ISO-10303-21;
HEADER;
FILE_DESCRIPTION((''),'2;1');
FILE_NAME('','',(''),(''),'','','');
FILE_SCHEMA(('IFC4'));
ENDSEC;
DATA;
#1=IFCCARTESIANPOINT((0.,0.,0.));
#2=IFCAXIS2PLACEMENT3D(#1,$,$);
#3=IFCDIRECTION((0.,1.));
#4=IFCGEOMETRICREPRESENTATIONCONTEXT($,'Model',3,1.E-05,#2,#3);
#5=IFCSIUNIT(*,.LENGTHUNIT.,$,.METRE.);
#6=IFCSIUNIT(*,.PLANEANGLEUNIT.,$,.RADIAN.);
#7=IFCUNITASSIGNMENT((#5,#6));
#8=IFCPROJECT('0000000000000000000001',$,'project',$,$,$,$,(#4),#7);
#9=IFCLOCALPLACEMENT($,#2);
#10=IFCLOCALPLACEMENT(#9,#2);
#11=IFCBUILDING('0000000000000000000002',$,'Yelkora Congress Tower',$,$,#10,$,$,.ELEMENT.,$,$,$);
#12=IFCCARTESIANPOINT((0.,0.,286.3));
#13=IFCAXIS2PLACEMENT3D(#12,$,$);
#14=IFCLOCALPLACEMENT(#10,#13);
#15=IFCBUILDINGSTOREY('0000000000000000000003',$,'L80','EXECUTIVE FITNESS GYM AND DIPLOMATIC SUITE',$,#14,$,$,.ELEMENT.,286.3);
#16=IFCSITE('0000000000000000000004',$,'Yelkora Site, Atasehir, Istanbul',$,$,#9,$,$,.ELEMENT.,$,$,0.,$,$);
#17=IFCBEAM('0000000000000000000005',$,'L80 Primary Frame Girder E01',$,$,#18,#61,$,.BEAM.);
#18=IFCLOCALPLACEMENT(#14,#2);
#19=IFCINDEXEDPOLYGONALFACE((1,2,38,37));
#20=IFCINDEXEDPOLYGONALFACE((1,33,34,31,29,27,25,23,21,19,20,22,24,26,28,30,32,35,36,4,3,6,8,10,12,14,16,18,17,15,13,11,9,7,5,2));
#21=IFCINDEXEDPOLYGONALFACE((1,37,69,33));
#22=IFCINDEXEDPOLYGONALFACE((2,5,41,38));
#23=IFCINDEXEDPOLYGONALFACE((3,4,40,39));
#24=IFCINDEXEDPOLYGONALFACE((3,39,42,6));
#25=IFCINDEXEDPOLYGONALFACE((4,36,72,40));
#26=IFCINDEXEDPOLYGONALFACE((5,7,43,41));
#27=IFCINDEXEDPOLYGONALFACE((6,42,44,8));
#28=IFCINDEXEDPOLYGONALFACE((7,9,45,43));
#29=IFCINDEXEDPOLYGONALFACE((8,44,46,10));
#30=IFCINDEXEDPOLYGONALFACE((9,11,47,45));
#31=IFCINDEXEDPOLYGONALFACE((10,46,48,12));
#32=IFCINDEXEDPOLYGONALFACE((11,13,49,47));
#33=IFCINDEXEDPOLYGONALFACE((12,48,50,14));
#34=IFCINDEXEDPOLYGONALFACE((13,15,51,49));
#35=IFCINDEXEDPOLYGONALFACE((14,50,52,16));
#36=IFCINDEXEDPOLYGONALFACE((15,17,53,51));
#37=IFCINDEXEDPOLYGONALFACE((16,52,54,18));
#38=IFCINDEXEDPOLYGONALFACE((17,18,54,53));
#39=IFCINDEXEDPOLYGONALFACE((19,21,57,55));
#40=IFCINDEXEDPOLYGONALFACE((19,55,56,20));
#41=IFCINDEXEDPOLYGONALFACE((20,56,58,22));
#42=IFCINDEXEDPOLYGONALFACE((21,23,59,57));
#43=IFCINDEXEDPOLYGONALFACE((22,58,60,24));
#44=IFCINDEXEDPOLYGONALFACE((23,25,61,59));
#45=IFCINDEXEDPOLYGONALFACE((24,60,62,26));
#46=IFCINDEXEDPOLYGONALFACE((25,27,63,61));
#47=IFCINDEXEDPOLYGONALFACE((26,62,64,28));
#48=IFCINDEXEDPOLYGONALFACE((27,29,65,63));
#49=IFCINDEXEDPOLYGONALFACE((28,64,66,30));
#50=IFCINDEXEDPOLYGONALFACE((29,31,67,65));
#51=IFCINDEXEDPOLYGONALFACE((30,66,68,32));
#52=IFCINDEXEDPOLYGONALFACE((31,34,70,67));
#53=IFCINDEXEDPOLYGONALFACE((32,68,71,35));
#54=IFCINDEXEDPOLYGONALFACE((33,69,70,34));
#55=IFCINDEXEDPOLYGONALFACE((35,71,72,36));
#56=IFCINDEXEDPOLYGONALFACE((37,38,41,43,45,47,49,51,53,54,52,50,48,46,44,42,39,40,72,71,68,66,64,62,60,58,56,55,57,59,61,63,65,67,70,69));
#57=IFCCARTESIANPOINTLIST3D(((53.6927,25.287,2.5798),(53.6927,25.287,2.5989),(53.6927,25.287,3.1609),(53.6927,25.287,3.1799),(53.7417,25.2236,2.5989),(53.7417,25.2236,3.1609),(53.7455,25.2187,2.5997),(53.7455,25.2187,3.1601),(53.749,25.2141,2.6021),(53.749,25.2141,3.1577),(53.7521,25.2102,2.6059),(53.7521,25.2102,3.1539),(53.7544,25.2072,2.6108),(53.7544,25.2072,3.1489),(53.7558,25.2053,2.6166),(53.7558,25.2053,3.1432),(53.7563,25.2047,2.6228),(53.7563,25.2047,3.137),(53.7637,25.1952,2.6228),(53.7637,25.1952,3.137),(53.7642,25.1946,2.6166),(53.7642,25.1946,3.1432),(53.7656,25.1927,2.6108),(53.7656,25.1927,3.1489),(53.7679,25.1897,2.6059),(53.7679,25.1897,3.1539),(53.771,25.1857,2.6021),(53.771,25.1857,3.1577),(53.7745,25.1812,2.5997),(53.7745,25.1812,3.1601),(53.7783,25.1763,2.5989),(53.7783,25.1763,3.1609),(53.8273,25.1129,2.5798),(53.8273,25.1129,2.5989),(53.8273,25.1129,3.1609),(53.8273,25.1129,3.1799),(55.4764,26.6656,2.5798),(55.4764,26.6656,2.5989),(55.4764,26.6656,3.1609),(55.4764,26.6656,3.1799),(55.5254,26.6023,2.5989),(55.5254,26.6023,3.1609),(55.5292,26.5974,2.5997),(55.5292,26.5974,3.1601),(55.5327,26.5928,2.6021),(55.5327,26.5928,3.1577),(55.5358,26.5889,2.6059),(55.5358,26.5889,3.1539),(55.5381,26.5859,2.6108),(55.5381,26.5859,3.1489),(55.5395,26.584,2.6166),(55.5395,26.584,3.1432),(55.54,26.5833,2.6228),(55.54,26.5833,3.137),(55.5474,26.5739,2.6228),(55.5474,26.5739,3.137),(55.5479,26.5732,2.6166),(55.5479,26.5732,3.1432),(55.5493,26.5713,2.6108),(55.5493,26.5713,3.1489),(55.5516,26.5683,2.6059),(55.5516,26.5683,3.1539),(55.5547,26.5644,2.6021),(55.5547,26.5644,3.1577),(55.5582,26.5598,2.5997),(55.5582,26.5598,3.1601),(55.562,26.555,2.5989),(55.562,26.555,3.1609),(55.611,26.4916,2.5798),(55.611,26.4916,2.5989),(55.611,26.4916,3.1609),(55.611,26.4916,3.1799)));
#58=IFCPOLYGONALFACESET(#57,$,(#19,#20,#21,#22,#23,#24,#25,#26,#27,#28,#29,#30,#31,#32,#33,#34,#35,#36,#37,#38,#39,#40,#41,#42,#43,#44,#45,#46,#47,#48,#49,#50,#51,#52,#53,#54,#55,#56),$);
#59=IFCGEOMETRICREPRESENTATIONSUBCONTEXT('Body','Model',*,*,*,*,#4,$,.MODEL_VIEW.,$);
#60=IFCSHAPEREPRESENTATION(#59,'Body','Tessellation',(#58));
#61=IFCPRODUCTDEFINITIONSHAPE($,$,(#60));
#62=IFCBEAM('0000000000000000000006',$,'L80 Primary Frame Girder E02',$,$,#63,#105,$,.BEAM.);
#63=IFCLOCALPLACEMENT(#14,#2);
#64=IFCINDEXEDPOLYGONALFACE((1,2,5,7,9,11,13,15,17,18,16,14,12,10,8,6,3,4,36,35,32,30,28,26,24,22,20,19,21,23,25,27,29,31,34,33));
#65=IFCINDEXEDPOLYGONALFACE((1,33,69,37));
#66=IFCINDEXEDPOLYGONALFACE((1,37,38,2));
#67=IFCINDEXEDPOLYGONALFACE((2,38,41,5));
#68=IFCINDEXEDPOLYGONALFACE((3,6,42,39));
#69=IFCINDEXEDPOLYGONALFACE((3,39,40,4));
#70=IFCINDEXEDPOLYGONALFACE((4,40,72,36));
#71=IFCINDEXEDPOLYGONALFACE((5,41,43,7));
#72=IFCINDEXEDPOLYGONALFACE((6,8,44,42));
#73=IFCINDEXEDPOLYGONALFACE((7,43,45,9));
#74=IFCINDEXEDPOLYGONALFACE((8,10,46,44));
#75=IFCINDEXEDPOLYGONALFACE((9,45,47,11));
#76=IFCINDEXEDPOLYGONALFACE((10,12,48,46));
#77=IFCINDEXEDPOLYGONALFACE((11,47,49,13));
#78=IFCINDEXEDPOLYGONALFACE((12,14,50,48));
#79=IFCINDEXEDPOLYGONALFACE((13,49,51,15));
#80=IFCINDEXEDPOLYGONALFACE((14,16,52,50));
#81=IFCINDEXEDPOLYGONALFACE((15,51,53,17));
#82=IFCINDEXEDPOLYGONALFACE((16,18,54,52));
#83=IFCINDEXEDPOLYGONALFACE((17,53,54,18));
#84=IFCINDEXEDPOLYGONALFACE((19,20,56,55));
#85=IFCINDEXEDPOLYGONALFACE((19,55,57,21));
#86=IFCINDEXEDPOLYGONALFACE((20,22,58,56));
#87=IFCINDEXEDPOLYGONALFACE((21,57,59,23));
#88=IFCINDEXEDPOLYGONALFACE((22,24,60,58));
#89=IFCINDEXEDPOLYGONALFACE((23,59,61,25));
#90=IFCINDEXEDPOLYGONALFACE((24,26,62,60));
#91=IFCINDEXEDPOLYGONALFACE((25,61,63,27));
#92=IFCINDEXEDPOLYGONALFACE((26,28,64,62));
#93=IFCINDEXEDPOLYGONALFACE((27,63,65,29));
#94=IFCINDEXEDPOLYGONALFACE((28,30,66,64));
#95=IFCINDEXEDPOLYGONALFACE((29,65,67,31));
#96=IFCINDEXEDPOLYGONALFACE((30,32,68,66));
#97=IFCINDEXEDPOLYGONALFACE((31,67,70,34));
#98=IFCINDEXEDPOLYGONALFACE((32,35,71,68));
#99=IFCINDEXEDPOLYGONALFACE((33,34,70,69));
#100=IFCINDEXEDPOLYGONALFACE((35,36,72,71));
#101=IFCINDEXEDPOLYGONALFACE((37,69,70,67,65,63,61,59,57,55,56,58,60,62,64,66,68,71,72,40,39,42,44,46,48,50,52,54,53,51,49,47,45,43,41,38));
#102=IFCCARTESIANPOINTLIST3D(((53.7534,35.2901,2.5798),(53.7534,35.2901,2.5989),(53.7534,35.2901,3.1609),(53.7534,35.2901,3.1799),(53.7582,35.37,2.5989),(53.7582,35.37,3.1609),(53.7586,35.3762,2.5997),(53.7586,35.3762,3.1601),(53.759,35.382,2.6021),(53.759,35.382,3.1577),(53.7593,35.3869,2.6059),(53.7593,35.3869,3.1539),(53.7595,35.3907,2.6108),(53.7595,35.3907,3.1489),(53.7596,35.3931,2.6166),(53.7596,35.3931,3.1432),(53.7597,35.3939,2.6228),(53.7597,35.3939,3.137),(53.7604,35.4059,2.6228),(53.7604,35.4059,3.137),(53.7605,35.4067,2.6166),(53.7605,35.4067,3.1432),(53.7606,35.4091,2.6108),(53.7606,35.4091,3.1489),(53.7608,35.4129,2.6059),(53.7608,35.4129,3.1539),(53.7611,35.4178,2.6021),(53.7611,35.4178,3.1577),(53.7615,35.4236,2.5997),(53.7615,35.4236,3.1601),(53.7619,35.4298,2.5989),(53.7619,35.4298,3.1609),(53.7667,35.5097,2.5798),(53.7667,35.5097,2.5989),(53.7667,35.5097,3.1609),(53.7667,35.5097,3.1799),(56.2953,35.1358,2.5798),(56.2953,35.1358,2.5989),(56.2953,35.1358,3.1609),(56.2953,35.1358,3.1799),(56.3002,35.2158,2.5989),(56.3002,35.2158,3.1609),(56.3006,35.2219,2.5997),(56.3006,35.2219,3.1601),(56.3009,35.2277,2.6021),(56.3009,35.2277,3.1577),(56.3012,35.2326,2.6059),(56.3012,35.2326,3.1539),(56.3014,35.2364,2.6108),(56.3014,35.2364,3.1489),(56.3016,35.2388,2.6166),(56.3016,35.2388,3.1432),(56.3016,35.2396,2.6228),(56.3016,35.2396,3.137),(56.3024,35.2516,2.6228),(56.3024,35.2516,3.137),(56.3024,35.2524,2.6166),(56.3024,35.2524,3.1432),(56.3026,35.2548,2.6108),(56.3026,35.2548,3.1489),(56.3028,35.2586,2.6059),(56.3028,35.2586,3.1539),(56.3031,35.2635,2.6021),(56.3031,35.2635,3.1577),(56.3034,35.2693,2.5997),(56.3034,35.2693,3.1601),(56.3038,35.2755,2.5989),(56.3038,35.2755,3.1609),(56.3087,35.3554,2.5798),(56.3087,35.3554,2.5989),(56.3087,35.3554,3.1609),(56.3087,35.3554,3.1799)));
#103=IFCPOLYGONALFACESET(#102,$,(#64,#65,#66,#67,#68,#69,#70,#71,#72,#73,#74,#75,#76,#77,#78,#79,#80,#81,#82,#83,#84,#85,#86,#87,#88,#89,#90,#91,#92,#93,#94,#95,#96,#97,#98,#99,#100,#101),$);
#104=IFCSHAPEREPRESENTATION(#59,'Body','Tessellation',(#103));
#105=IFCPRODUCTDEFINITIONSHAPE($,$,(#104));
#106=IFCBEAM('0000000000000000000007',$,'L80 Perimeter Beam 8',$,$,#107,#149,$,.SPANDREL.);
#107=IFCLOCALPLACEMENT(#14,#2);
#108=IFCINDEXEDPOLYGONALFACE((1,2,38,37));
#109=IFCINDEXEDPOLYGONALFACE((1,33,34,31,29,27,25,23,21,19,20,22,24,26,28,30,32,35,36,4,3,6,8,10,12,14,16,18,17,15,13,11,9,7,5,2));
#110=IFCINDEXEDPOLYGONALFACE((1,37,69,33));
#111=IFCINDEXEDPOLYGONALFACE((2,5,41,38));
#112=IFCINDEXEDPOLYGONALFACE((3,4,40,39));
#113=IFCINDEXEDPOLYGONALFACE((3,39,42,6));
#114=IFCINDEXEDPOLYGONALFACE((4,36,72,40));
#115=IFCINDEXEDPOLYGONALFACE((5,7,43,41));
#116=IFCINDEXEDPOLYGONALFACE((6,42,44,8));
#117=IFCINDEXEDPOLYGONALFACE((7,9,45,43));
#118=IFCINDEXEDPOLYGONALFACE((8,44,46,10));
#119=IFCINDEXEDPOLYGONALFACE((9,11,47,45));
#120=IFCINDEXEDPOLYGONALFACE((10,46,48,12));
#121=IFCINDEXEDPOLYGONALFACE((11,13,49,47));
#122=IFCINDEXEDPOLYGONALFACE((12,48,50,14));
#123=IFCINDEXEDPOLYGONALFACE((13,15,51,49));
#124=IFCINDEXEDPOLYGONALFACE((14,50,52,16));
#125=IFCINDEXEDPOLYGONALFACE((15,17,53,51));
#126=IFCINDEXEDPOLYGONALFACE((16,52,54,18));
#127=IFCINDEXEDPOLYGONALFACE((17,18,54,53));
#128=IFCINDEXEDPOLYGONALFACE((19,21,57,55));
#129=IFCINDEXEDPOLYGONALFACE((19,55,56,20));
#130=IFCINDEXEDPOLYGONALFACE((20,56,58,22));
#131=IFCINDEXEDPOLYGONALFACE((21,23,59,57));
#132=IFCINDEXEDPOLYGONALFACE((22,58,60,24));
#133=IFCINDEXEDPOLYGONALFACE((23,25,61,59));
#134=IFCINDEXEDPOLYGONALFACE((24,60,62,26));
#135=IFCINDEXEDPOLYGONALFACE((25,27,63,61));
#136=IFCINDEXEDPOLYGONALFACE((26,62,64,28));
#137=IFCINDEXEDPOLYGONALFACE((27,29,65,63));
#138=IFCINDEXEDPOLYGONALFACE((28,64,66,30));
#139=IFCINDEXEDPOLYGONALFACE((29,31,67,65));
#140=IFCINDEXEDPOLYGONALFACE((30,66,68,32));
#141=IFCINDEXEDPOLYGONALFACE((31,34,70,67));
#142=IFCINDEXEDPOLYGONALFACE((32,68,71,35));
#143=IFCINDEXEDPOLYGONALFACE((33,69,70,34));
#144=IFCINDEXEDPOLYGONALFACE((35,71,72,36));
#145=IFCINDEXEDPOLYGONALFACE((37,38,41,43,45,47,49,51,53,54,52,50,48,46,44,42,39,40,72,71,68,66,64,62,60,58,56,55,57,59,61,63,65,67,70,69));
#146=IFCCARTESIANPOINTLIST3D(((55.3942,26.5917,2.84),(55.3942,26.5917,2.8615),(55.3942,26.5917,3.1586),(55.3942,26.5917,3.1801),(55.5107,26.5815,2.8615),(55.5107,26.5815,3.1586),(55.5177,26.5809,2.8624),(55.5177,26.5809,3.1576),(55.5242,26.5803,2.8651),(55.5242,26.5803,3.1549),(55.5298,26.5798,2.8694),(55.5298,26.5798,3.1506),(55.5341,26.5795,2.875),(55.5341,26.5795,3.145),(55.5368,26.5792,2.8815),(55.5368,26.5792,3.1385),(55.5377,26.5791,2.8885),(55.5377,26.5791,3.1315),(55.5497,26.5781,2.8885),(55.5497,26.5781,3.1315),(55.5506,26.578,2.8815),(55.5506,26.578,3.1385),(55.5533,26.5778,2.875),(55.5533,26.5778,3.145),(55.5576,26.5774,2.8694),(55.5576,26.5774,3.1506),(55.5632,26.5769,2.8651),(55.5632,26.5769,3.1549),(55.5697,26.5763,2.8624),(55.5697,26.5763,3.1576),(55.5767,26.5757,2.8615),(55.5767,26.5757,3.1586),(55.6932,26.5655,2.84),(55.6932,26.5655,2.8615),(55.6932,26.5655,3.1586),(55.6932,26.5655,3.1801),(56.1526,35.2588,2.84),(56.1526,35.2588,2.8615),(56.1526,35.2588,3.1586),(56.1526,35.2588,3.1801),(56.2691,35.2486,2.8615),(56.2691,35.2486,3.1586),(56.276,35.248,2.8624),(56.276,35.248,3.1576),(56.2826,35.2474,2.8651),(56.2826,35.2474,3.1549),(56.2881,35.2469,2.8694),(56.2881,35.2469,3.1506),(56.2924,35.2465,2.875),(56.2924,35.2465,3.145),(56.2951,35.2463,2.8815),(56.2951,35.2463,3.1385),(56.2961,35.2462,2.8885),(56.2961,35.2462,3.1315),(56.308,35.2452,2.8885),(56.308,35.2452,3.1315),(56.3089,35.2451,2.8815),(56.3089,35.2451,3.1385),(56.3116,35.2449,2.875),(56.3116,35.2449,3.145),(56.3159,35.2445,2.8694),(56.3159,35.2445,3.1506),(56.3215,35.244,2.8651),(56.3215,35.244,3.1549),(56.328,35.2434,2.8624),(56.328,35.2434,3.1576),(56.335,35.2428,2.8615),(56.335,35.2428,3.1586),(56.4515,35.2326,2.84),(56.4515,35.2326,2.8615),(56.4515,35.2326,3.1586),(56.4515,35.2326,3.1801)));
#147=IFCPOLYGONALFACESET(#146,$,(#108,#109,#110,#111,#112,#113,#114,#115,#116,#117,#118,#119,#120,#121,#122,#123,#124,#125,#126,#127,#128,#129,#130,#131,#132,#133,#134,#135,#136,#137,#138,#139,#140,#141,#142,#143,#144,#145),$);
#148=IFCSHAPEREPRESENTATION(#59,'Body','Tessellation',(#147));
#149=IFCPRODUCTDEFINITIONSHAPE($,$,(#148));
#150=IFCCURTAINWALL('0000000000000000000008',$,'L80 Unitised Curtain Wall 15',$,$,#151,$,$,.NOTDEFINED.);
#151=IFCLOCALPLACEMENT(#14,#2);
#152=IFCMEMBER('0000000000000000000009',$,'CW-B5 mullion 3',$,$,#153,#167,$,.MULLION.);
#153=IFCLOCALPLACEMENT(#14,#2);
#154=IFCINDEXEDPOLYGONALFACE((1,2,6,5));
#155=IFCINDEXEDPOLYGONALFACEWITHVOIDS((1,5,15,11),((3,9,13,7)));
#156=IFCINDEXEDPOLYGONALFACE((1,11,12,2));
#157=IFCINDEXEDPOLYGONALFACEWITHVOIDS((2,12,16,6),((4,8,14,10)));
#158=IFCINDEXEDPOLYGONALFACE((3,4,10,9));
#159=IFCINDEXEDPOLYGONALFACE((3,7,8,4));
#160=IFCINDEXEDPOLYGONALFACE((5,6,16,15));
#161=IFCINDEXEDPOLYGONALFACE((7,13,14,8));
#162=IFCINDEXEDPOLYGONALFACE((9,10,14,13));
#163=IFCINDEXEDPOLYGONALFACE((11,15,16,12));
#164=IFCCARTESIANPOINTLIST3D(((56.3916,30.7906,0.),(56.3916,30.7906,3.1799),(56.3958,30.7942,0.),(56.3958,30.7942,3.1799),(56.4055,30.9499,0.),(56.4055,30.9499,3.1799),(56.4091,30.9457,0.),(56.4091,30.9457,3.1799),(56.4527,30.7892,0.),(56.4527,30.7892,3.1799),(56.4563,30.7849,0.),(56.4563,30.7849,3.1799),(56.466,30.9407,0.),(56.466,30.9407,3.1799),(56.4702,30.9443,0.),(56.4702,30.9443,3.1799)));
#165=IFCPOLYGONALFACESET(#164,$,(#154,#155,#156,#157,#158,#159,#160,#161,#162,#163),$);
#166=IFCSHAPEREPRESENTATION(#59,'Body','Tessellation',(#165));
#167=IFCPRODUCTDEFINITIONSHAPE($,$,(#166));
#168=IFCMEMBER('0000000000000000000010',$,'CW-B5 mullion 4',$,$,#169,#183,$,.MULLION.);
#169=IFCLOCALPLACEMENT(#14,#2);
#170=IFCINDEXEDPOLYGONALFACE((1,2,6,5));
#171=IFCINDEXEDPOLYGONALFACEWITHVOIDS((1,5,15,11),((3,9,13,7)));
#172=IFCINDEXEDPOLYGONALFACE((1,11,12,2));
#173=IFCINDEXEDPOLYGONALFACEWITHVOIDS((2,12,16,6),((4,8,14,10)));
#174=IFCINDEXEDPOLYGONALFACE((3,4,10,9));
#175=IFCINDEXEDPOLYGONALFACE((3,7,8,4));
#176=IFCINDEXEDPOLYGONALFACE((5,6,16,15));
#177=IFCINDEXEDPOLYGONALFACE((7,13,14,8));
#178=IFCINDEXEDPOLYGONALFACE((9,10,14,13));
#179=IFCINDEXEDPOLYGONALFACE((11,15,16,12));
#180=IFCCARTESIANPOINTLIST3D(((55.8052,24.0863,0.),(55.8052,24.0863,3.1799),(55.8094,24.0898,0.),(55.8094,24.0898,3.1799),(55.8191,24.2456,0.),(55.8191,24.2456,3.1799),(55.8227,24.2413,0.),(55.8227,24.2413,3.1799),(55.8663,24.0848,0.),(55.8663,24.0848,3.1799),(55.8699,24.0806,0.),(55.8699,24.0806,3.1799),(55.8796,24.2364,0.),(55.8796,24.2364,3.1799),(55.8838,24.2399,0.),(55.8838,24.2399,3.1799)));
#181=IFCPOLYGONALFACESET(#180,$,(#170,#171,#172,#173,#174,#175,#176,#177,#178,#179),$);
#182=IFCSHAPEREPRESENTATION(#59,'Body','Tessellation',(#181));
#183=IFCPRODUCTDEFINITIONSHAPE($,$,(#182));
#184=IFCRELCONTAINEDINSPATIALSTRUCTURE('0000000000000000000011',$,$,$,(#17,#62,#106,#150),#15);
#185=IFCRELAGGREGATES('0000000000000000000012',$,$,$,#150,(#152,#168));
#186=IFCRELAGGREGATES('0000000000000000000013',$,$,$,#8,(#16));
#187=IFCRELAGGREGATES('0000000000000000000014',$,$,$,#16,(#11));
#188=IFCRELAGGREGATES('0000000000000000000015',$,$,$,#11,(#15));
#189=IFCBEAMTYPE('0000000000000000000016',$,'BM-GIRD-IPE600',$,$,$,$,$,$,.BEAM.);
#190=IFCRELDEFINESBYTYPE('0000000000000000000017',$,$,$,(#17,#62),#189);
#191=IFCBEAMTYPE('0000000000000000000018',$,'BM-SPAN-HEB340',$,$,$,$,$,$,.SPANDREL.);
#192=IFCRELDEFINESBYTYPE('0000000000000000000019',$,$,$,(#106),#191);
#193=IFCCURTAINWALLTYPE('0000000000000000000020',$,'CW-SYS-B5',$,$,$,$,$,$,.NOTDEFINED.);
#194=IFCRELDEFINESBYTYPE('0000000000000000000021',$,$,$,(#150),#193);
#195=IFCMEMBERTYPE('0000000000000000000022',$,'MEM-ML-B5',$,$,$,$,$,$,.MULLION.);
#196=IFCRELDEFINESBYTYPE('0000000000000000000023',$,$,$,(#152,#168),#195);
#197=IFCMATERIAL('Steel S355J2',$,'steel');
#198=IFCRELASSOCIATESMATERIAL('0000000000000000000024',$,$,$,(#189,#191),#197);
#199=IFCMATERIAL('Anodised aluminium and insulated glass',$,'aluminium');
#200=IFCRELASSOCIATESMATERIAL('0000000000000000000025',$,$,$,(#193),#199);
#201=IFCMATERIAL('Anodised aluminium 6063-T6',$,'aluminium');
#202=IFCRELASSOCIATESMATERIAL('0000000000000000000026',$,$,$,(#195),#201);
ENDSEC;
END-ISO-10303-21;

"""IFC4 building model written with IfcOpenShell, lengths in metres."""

from ifc_helpers import new_model, si_unit, direction, frame, origin, origin_2d, place, context, subcontext, project, spatial, hollow_rectangle, i_section, extrude, material, material_profile, profile_set, type_object, element, aggregate, save


model = new_model("IFC4")

# Units and contexts
model_context = context("Model", 3, precision=1e-05, world=origin(), true_north=direction((0.0, 1.0)))
body_context = subcontext(model_context, "Body", "Model", "MODEL_VIEW")
ifc_project = project(units=[si_unit("LENGTHUNIT", "METRE"), si_unit("PLANEANGLEUNIT", "RADIAN")], contexts=[model_context])

# Site, building, storey
site_placement = place(None, origin())
site = spatial("IfcSite", under=ifc_project, at=site_placement, Name="Yelkora Site, Atasehir, Istanbul", CompositionType="ELEMENT", RefElevation=0.0)
building_placement = place(site_placement, origin())
building = spatial("IfcBuilding", under=site, at=building_placement, Name="Yelkora Congress Tower", CompositionType="ELEMENT")
storey_placement = place(building_placement, frame((0.0, 0.0, 286.3)))
storey = spatial("IfcBuildingStorey", under=building, at=storey_placement, Name="L80", Description="EXECUTIVE FITNESS GYM AND DIPLOMATIC SUITE", CompositionType="ELEMENT", Elevation=286.3)

# Shared definitions
ifc_material_1 = material(Name="Steel S355J2", Category="steel")

# Beams
ifc_material_profile_1 = material_profile(ifc_material_1, i_section(OverallWidth=0.22, OverallDepth=0.6001, WebThickness=0.012, FlangeThickness=0.019, FilletRadius=0.0239, at=origin_2d()), Name="IPE 600")
ifc_profile_set_1 = profile_set([ifc_material_profile_1], Name="Steel S355J2")
beam_type_1 = type_object("IfcBeamType", Name="BM-GIRD-IPE600", PredefinedType="BEAM", material=ifc_profile_set_1)
beam_1_placement = place(storey_placement, frame((55.5437, 26.5786, 2.8799), z_axis=(-0.791209, -0.611546, 0.0), x_axis=(0.611546, -0.791209, 0.0)))
element("IfcBeam", 1, at=beam_1_placement, inside=storey, type_object=beam_type_1, Name="L80 Primary Frame Girder E01", PredefinedType="BEAM", context=body_context, shape_type="SweptSolid", body=[
    extrude(i_section(OverallWidth=0.22, OverallDepth=0.6001, WebThickness=0.012, FlangeThickness=0.019, FilletRadius=0.0239, at=origin_2d()), origin(), (0.0, 0.0, 1.0), 2.2544),
])
beam_2_placement = place(storey_placement, frame((56.302, 35.2456, 2.8799), z_axis=(-0.998163, 0.060588, 0.0), x_axis=(-0.060588, -0.998163, 0.0)))
element("IfcBeam", 2, at=beam_2_placement, inside=storey, type_object=beam_type_1, Name="L80 Primary Frame Girder E02", PredefinedType="BEAM", context=body_context, shape_type="SweptSolid", body=[
    extrude(i_section(OverallWidth=0.22, OverallDepth=0.6001, WebThickness=0.012, FlangeThickness=0.019, FilletRadius=0.0239, at=origin_2d()), origin(), (0.0, 0.0, 1.0), 2.5466),
])
ifc_material_profile_2 = material_profile(ifc_material_1, i_section(OverallWidth=0.3, OverallDepth=0.3401, WebThickness=0.012, FlangeThickness=0.0215, FilletRadius=0.0271, at=origin_2d()), Name="HEB 340")
ifc_profile_set_2 = profile_set([ifc_material_profile_2], Name="Steel S355J2")
beam_type_2 = type_object("IfcBeamType", Name="BM-SPAN-HEB340", PredefinedType="SPANDREL", material=ifc_profile_set_2)
beam_3_placement = place(storey_placement, frame((55.5437, 26.5786, 3.01), z_axis=(0.08716, 0.996194, 0.0), x_axis=(-0.996194, 0.08716, 0.0)))
element("IfcBeam", 3, at=beam_3_placement, inside=storey, type_object=beam_type_2, Name="L80 Perimeter Beam 8", PredefinedType="SPANDREL", context=body_context, shape_type="SweptSolid", body=[
    extrude(i_section(OverallWidth=0.3, OverallDepth=0.3401, WebThickness=0.012, FlangeThickness=0.0215, FilletRadius=0.0271, at=origin_2d()), origin(), (0.0, 0.0, 1.0), 8.7002),
])

# Curtain wall, members
ifc_material_2 = material(Name="Anodised aluminium and insulated glass", Category="aluminium")
curtain_wall_type = type_object("IfcCurtainWallType", Name="CW-SYS-B5", PredefinedType="NOTDEFINED", material=ifc_material_2)
curtain_wall_placement = place(storey_placement, origin())
curtain_wall = element("IfcCurtainWall", 4, at=curtain_wall_placement, inside=storey, type_object=curtain_wall_type, Name="L80 Unitised Curtain Wall 15", PredefinedType="NOTDEFINED")
ifc_material_3 = material(Name="Anodised aluminium 6063-T6", Category="aluminium")
ifc_material_profile_3 = material_profile(ifc_material_3, hollow_rectangle(XDim=0.0649, YDim=0.1599, WallThickness=0.0039, at=origin_2d()), Name="ALU 65x160x4")
ifc_profile_set_3 = profile_set([ifc_material_profile_3], Name="Anodised aluminium 6063-T6")
member_type_1 = type_object("IfcMemberType", Name="MEM-ML-B5", PredefinedType="MULLION", material=ifc_profile_set_3)
member_1_placement = place(storey_placement, frame((56.4309, 30.8674, 0.0), z_axis=(0.0, 0.0, 1.0), x_axis=(0.996194, -0.087158, 0.0)))
member_1 = element("IfcMember", 5, at=member_1_placement, type_object=member_type_1, Name="CW-B5 mullion 3", PredefinedType="MULLION", context=body_context, shape_type="SweptSolid", body=[
    extrude(hollow_rectangle(XDim=0.0649, YDim=0.1599, WallThickness=0.0039, at=origin_2d()), origin(), (0.0, 0.0, 1.0), 3.1799),
])
member_2_placement = place(storey_placement, frame((55.8445, 24.1631, 0.0), z_axis=(0.0, 0.0, 1.0), x_axis=(0.996194, -0.087158, 0.0)))
member_2 = element("IfcMember", 6, at=member_2_placement, type_object=member_type_1, Name="CW-B5 mullion 4", PredefinedType="MULLION", context=body_context, shape_type="SweptSolid", body=[
    extrude(hollow_rectangle(XDim=0.0649, YDim=0.1599, WallThickness=0.0039, at=origin_2d()), origin(), (0.0, 0.0, 1.0), 3.1799),
])
aggregate(curtain_wall, [member_1, member_2])

save(model, "model.ifc")
